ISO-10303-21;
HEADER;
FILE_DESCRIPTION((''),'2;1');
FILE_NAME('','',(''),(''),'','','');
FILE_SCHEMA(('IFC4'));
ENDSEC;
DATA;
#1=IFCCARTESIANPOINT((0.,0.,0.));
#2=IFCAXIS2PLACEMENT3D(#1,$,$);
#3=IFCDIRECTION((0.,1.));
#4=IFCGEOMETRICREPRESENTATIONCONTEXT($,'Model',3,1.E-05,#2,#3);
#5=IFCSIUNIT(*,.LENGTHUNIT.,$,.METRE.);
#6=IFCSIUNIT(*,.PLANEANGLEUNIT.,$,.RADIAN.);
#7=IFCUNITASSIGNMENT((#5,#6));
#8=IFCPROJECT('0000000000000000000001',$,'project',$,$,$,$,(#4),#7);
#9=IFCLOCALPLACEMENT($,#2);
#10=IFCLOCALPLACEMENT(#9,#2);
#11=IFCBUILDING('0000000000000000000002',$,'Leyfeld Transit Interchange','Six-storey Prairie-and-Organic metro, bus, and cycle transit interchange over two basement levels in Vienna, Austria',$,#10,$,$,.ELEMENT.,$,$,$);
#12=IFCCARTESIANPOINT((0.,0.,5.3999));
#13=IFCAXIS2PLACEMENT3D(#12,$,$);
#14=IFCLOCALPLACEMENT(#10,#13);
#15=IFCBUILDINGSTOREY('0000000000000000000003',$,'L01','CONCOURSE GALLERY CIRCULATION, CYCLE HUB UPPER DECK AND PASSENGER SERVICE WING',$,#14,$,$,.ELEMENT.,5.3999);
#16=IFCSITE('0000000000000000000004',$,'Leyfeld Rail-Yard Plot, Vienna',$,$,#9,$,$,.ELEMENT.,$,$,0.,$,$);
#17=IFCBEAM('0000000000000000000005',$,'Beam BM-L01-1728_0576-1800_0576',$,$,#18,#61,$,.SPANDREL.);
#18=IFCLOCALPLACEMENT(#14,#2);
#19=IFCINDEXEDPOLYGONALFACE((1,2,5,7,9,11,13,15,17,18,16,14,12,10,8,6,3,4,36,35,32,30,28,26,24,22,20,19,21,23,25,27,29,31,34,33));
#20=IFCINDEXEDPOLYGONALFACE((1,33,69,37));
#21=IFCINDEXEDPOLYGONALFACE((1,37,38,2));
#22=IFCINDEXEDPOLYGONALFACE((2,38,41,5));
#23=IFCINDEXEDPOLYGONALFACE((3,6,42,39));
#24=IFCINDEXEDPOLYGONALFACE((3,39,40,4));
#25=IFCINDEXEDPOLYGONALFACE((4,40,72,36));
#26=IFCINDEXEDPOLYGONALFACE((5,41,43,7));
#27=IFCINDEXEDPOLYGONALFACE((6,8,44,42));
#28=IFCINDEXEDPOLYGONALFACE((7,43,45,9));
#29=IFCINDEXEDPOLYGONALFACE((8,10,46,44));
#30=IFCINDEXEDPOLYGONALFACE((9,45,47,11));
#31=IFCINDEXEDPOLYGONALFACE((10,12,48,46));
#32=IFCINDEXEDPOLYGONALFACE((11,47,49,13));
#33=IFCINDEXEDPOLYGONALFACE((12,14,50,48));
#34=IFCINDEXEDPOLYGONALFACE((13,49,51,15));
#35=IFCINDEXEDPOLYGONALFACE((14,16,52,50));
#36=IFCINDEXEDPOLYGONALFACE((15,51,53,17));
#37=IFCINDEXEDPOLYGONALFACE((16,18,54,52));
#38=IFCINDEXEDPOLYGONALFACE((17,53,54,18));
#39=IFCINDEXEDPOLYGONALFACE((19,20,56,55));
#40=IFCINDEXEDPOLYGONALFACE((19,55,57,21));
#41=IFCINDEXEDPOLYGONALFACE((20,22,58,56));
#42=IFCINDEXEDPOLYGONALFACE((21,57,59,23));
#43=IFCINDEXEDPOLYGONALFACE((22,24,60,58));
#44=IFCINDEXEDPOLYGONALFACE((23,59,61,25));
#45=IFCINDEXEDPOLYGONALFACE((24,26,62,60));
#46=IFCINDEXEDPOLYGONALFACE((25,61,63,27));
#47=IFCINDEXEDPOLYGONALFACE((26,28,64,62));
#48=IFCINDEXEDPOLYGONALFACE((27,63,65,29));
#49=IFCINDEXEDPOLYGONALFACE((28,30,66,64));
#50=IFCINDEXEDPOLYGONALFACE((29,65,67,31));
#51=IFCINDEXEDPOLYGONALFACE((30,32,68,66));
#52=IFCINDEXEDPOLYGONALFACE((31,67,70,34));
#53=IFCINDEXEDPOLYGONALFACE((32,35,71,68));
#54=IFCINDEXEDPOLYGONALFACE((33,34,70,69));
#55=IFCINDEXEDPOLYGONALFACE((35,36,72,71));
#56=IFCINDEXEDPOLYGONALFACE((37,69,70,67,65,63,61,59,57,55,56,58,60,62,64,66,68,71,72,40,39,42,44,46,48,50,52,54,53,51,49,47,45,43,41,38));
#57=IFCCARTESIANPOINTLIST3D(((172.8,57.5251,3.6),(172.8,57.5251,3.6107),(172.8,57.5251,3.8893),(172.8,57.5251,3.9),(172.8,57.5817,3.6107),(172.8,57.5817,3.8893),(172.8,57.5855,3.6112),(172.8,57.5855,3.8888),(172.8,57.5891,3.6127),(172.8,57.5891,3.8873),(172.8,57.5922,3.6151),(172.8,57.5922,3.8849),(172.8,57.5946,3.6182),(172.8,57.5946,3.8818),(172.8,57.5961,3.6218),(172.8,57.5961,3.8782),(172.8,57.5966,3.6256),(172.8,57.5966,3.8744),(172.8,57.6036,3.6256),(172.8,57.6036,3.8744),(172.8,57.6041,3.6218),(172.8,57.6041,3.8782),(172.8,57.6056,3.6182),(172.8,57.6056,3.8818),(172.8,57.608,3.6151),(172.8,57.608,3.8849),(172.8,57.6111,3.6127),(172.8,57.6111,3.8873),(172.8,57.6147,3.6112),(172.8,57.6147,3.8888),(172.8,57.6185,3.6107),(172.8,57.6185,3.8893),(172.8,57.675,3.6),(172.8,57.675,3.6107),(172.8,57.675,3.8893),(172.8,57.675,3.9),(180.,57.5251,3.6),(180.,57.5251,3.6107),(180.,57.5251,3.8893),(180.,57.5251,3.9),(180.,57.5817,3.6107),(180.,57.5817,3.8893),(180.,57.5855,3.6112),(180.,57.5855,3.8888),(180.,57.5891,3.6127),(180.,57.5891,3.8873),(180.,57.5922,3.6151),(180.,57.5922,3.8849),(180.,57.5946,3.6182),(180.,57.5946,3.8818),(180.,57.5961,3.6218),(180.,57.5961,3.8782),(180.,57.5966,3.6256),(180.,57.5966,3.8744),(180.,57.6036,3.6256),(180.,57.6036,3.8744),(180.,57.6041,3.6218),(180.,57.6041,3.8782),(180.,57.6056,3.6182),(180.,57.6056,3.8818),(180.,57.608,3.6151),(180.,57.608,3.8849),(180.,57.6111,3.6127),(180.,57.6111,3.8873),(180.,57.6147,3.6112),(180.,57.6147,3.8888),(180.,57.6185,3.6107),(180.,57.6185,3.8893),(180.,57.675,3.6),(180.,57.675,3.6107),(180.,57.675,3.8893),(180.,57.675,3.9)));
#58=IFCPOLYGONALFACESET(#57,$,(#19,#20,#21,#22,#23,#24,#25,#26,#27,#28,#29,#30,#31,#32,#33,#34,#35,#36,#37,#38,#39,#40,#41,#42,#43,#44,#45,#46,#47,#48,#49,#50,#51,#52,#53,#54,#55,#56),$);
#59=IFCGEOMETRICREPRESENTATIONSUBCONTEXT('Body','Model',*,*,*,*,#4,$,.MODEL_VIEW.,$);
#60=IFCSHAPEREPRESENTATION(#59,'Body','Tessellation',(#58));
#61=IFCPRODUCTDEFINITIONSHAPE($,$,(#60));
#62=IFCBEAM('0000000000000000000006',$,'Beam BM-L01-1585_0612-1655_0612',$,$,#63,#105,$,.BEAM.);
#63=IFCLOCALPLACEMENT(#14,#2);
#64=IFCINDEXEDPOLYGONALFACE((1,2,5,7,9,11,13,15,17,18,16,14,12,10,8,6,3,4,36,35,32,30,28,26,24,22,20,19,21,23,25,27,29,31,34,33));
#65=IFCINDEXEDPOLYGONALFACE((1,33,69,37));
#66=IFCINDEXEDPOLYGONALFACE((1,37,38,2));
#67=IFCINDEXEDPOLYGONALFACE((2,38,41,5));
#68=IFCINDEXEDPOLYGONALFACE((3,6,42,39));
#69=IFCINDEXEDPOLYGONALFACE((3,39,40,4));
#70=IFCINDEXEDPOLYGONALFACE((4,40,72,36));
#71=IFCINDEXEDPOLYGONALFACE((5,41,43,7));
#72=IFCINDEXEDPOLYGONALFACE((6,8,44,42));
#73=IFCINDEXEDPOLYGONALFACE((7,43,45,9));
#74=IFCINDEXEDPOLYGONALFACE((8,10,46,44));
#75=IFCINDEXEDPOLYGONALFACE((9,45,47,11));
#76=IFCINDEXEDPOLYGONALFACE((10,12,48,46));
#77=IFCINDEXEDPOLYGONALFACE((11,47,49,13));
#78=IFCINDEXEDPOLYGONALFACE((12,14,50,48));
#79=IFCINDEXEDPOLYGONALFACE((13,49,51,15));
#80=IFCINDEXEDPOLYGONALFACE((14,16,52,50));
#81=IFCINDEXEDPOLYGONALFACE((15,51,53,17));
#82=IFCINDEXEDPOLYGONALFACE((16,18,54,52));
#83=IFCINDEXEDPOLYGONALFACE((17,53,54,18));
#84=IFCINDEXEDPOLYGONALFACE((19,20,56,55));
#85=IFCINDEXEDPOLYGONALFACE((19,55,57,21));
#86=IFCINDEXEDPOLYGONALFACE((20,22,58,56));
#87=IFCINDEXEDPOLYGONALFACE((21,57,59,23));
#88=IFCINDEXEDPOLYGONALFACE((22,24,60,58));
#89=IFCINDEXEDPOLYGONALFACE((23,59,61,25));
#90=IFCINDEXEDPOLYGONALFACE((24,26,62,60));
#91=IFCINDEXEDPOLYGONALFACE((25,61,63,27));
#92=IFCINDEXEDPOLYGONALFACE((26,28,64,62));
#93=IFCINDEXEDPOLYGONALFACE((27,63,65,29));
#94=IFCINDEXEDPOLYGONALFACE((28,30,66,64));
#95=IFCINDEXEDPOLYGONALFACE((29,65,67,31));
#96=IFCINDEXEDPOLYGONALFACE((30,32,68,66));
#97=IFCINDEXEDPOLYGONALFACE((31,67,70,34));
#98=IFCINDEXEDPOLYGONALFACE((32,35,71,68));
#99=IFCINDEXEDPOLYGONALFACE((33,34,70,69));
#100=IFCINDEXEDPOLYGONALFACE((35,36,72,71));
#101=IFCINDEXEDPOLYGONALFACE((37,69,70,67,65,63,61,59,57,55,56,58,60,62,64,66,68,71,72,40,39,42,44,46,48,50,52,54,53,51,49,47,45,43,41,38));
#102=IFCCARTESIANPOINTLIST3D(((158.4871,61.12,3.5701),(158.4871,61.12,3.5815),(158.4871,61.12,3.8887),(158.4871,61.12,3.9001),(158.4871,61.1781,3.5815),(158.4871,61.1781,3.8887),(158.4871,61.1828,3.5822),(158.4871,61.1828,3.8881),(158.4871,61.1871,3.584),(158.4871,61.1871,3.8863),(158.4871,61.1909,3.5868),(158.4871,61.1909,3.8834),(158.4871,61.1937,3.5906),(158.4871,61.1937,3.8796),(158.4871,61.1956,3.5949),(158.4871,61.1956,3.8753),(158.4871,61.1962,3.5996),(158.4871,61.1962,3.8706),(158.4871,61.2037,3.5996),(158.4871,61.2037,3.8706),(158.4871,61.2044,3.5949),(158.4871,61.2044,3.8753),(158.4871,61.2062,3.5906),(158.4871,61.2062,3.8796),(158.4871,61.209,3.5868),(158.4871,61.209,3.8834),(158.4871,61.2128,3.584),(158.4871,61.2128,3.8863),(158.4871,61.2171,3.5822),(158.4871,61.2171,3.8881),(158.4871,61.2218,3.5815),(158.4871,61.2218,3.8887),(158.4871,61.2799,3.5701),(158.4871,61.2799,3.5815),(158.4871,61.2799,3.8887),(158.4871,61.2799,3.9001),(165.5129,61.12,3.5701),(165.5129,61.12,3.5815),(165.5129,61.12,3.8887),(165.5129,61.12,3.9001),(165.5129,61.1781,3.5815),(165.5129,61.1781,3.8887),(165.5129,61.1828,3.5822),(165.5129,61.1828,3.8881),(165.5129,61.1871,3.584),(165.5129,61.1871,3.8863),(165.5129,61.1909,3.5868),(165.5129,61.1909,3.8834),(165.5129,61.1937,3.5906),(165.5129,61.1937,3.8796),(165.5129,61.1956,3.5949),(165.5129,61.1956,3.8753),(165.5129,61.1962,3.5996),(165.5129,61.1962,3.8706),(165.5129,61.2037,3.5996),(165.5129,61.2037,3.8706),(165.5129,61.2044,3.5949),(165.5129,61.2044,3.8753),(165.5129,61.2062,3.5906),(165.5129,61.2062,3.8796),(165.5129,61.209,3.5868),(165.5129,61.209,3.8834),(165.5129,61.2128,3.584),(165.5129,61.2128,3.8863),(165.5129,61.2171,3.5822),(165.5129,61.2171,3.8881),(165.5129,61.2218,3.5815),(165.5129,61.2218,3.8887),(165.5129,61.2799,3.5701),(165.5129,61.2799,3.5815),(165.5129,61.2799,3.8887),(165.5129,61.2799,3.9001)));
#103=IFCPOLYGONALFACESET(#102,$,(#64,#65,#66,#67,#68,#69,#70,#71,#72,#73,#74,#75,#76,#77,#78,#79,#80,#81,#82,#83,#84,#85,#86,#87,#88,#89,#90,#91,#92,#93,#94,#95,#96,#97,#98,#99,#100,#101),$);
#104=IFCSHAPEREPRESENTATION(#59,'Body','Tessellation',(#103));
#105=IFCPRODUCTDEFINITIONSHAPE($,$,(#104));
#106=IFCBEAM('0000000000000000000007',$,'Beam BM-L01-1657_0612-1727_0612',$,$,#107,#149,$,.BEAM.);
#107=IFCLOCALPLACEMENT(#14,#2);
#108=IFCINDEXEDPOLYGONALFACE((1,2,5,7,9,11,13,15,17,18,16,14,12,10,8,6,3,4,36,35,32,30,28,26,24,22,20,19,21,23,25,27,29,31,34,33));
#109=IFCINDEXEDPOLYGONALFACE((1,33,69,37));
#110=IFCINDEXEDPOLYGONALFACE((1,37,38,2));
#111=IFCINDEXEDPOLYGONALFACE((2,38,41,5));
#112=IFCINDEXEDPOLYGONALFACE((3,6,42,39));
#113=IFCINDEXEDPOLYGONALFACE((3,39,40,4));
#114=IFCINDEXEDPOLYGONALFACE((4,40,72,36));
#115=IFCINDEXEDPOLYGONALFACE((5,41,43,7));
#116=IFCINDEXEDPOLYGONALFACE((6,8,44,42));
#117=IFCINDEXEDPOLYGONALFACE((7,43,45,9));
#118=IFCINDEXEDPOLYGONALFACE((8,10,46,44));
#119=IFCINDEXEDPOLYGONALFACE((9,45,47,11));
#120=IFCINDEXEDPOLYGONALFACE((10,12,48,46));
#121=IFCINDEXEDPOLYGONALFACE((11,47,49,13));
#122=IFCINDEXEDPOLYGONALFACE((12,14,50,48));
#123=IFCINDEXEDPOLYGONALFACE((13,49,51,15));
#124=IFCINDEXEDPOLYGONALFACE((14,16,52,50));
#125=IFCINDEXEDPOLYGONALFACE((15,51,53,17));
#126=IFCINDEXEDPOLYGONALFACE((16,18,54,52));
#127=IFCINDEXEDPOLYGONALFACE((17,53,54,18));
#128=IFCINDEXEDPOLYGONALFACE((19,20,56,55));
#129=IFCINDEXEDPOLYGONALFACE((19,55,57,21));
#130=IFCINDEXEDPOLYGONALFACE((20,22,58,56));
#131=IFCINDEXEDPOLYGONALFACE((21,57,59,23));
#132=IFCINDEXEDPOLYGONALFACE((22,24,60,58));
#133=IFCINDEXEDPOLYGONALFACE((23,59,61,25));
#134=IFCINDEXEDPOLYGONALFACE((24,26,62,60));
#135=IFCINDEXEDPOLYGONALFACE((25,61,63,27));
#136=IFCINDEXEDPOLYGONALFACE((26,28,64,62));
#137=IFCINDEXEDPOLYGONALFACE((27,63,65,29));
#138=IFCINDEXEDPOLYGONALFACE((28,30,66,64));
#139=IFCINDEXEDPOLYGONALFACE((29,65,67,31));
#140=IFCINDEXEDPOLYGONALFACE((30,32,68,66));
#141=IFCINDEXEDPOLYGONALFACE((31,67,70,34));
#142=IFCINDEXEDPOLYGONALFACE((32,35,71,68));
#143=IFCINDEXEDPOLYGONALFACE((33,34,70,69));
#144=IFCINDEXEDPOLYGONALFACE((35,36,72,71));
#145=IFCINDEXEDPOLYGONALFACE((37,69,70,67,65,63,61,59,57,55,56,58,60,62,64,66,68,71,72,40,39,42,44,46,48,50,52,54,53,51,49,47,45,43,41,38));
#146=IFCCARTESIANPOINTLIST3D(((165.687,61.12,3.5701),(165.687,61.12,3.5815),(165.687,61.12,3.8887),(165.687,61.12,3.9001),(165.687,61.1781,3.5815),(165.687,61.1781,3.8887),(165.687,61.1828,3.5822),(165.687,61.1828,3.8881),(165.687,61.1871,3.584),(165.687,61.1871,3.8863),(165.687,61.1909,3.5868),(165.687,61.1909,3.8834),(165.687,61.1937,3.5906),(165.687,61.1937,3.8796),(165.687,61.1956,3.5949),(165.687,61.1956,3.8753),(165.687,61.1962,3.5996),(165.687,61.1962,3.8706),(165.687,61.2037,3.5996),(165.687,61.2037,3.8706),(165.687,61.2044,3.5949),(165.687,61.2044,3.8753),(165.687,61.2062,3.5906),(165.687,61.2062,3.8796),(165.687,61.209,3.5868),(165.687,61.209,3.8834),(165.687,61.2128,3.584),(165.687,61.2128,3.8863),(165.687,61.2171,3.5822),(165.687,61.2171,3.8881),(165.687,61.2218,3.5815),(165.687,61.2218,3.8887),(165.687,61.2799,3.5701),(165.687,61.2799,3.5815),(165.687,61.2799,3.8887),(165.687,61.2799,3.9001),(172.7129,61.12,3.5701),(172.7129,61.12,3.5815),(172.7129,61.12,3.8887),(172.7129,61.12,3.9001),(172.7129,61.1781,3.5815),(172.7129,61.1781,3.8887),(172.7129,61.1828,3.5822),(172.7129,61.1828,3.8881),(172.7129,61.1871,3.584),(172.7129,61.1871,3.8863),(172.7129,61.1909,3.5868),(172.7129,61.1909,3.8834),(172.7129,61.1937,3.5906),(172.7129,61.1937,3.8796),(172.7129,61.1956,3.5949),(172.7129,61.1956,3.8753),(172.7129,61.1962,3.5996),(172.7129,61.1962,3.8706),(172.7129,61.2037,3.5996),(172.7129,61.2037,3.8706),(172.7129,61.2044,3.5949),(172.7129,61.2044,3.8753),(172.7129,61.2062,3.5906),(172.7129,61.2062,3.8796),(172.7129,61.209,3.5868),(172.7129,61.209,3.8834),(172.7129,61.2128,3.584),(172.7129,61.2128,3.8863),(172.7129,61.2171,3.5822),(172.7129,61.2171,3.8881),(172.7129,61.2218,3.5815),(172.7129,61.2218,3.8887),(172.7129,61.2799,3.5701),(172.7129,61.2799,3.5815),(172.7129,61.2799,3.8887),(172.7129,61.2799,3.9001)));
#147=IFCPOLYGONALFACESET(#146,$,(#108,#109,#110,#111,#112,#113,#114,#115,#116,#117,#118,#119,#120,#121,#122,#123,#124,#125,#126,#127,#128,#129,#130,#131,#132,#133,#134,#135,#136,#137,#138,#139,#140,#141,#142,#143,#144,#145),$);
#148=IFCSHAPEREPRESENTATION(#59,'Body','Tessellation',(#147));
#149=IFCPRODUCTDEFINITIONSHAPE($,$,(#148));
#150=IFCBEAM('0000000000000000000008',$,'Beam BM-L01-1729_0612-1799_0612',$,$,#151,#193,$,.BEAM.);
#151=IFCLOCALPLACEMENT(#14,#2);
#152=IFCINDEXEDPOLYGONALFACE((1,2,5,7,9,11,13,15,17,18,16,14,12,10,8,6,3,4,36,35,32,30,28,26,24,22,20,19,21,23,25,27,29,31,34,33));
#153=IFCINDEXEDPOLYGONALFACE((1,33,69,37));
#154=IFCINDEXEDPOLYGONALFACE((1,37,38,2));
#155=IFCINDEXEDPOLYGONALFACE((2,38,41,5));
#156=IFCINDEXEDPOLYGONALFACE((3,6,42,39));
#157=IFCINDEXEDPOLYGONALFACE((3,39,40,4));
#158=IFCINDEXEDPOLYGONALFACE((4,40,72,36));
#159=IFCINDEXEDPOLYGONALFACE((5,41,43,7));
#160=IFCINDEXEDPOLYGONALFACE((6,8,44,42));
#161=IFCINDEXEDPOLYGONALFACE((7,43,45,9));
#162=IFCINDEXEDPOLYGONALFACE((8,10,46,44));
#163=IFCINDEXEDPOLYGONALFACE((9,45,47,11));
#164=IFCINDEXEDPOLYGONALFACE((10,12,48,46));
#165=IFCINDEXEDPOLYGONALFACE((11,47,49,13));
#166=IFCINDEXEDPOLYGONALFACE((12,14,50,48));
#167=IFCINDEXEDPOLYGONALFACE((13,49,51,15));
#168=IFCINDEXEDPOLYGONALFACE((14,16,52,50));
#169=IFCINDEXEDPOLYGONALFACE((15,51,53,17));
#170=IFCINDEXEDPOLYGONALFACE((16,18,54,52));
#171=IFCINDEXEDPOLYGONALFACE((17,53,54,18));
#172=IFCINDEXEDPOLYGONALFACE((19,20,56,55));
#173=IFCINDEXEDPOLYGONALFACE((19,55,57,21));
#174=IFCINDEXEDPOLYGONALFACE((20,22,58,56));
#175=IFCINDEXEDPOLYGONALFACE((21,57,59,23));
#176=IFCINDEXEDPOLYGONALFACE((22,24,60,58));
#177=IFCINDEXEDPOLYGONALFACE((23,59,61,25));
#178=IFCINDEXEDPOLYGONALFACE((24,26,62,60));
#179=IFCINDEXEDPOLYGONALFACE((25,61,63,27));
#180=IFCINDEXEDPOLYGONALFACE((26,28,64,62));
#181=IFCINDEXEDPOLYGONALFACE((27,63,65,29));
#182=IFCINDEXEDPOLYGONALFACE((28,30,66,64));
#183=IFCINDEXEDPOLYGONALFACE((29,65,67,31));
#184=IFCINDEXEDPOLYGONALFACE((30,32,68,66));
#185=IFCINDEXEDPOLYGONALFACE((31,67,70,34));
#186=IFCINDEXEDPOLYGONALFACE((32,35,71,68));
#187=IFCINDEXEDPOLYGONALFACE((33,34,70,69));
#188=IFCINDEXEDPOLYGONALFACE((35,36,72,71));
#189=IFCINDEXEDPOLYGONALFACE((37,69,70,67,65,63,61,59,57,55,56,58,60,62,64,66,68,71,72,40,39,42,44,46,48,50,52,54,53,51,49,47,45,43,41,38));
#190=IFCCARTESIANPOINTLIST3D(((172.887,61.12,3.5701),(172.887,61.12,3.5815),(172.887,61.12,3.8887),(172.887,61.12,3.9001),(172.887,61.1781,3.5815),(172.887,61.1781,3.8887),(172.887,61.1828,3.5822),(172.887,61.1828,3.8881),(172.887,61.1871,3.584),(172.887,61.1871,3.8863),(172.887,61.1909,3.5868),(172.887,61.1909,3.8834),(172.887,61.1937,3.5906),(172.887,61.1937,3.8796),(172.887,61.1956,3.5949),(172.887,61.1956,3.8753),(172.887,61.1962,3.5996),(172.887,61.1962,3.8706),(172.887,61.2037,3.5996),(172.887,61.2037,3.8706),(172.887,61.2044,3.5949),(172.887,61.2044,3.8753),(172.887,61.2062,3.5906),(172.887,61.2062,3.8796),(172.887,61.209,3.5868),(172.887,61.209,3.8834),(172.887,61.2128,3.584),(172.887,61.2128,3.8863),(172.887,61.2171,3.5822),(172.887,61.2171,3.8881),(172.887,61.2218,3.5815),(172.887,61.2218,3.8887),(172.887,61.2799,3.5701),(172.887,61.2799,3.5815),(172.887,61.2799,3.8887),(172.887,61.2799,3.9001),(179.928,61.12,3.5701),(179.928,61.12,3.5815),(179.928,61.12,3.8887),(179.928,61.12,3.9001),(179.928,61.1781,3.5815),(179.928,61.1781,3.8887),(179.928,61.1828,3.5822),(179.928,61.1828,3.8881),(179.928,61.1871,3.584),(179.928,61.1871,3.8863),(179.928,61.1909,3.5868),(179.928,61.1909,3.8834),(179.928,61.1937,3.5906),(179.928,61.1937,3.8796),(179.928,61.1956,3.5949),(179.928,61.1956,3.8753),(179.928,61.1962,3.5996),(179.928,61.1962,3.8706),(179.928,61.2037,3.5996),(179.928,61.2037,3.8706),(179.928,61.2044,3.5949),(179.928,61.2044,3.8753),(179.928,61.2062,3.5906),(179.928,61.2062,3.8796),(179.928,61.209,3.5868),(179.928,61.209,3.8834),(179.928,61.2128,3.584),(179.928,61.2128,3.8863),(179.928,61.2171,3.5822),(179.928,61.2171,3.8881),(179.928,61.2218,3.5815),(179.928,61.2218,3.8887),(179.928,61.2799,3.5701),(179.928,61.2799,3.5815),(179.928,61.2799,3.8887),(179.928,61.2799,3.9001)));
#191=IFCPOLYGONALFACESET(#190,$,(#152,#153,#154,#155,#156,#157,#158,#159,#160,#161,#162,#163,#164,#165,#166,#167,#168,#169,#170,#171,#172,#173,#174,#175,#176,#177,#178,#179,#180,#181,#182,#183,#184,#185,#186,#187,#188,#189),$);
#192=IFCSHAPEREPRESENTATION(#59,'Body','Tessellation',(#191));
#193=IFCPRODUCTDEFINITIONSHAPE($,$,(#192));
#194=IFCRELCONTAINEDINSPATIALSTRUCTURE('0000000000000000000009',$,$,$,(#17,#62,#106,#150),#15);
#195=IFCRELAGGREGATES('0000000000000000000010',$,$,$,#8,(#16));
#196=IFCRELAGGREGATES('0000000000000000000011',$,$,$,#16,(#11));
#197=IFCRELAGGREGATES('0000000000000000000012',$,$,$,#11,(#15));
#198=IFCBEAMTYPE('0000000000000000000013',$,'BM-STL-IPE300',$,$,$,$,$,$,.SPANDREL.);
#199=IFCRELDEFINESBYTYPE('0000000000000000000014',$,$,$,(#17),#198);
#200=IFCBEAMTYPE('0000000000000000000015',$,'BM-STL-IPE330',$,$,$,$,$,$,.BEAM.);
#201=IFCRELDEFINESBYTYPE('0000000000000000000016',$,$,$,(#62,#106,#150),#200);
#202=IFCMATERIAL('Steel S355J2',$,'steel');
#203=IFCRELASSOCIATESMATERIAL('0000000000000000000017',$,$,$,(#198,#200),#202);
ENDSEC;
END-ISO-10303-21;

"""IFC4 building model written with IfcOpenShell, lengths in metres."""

from ifc_helpers import new_model, si_unit, direction, frame, origin, origin_2d, place, context, subcontext, project, spatial, i_section, extrude, material, material_profile, profile_set, type_object, element, save


model = new_model("IFC4")

# Units and contexts
model_context = context("Model", 3, precision=1e-05, world=origin(), true_north=direction((0.0, 1.0)))
body_context = subcontext(model_context, "Body", "Model", "MODEL_VIEW")
ifc_project = project(units=[si_unit("LENGTHUNIT", "METRE"), si_unit("PLANEANGLEUNIT", "RADIAN")], contexts=[model_context])

# Site, building, storey
site_placement = place(None, origin())
site = spatial("IfcSite", under=ifc_project, at=site_placement, Name="Leyfeld Rail-Yard Plot, Vienna", CompositionType="ELEMENT", RefElevation=0.0)
building_placement = place(site_placement, origin())
building = spatial("IfcBuilding", under=site, at=building_placement, Name="Leyfeld Transit Interchange", Description="Six-storey Prairie-and-Organic metro, bus, and cycle transit interchange over two basement levels in Vienna, Austria", CompositionType="ELEMENT")
storey_placement = place(building_placement, frame((0.0, 0.0, 5.3999)))
storey = spatial("IfcBuildingStorey", under=building, at=storey_placement, Name="L01", Description="CONCOURSE GALLERY CIRCULATION, CYCLE HUB UPPER DECK AND PASSENGER SERVICE WING", CompositionType="ELEMENT", Elevation=5.3999)

# Shared definitions
ifc_material_1 = material(Name="Steel S355J2", Category="steel")

# Beams
ifc_material_profile_1 = material_profile(ifc_material_1, i_section(OverallWidth=0.1499, OverallDepth=0.3, WebThickness=0.0071, FlangeThickness=0.0107, FilletRadius=0.0149, at=origin_2d()), Name="IPE 300")
ifc_profile_set_1 = profile_set([ifc_material_profile_1], Name="Steel S355J2")
beam_type_1 = type_object("IfcBeamType", Name="BM-STL-IPE300", PredefinedType="SPANDREL", material=ifc_profile_set_1)
for number, where, z_axis, x_axis, name in (
    (1, (172.8, 57.6001, 3.75), (1.0, 0.0, 0.0), (0.0, 1.0, 0.0), "Beam BM-L01-1728_0576-1800_0576"),
):
    element("IfcBeam", number, at=place(storey_placement, frame(where, z_axis=z_axis, x_axis=x_axis)), inside=storey, type_object=beam_type_1, Name=name, PredefinedType="SPANDREL", context=body_context, shape_type="SweptSolid", body=[
        extrude(i_section(OverallWidth=0.1499, OverallDepth=0.3, WebThickness=0.0071, FlangeThickness=0.0107, FilletRadius=0.0149, at=origin_2d()), origin(), (0.0, 0.0, 1.0), 7.2),
    ])
ifc_material_profile_2 = material_profile(ifc_material_1, i_section(OverallWidth=0.1599, OverallDepth=0.3301, WebThickness=0.0076, FlangeThickness=0.0115, FilletRadius=0.0181, at=origin_2d()), Name="IPE 330")
ifc_profile_set_2 = profile_set([ifc_material_profile_2], Name="Steel S355J2")
beam_type_2 = type_object("IfcBeamType", Name="BM-STL-IPE330", PredefinedType="BEAM", material=ifc_profile_set_2)
for number, where, z_axis, x_axis, name in (
    (2, (158.4871, 61.2, 3.7351), (1.0, 0.0, 0.0), (0.0, 1.0, 0.0), "Beam BM-L01-1585_0612-1655_0612"),
    (3, (165.687, 61.2, 3.7351), (1.0, 0.0, 0.0), (0.0, 1.0, 0.0), "Beam BM-L01-1657_0612-1727_0612"),
):
    element("IfcBeam", number, at=place(storey_placement, frame(where, z_axis=z_axis, x_axis=x_axis)), inside=storey, type_object=beam_type_2, Name=name, PredefinedType="BEAM", context=body_context, shape_type="SweptSolid", body=[
        extrude(i_section(OverallWidth=0.1599, OverallDepth=0.3301, WebThickness=0.0076, FlangeThickness=0.0115, FilletRadius=0.0181, at=origin_2d()), origin(), (0.0, 0.0, 1.0), 7.0259),
    ])
beam_1_placement = place(storey_placement, frame((172.887, 61.2, 3.7351), z_axis=(1.0, 0.0, 0.0), x_axis=(0.0, 1.0, 0.0)))
element("IfcBeam", 4, at=beam_1_placement, inside=storey, type_object=beam_type_2, Name="Beam BM-L01-1729_0612-1799_0612", PredefinedType="BEAM", context=body_context, shape_type="SweptSolid", body=[
    extrude(i_section(OverallWidth=0.1599, OverallDepth=0.3301, WebThickness=0.0076, FlangeThickness=0.0115, FilletRadius=0.0181, at=origin_2d()), origin(), (0.0, 0.0, 1.0), 7.041),
])

save(model, "model.ifc")
